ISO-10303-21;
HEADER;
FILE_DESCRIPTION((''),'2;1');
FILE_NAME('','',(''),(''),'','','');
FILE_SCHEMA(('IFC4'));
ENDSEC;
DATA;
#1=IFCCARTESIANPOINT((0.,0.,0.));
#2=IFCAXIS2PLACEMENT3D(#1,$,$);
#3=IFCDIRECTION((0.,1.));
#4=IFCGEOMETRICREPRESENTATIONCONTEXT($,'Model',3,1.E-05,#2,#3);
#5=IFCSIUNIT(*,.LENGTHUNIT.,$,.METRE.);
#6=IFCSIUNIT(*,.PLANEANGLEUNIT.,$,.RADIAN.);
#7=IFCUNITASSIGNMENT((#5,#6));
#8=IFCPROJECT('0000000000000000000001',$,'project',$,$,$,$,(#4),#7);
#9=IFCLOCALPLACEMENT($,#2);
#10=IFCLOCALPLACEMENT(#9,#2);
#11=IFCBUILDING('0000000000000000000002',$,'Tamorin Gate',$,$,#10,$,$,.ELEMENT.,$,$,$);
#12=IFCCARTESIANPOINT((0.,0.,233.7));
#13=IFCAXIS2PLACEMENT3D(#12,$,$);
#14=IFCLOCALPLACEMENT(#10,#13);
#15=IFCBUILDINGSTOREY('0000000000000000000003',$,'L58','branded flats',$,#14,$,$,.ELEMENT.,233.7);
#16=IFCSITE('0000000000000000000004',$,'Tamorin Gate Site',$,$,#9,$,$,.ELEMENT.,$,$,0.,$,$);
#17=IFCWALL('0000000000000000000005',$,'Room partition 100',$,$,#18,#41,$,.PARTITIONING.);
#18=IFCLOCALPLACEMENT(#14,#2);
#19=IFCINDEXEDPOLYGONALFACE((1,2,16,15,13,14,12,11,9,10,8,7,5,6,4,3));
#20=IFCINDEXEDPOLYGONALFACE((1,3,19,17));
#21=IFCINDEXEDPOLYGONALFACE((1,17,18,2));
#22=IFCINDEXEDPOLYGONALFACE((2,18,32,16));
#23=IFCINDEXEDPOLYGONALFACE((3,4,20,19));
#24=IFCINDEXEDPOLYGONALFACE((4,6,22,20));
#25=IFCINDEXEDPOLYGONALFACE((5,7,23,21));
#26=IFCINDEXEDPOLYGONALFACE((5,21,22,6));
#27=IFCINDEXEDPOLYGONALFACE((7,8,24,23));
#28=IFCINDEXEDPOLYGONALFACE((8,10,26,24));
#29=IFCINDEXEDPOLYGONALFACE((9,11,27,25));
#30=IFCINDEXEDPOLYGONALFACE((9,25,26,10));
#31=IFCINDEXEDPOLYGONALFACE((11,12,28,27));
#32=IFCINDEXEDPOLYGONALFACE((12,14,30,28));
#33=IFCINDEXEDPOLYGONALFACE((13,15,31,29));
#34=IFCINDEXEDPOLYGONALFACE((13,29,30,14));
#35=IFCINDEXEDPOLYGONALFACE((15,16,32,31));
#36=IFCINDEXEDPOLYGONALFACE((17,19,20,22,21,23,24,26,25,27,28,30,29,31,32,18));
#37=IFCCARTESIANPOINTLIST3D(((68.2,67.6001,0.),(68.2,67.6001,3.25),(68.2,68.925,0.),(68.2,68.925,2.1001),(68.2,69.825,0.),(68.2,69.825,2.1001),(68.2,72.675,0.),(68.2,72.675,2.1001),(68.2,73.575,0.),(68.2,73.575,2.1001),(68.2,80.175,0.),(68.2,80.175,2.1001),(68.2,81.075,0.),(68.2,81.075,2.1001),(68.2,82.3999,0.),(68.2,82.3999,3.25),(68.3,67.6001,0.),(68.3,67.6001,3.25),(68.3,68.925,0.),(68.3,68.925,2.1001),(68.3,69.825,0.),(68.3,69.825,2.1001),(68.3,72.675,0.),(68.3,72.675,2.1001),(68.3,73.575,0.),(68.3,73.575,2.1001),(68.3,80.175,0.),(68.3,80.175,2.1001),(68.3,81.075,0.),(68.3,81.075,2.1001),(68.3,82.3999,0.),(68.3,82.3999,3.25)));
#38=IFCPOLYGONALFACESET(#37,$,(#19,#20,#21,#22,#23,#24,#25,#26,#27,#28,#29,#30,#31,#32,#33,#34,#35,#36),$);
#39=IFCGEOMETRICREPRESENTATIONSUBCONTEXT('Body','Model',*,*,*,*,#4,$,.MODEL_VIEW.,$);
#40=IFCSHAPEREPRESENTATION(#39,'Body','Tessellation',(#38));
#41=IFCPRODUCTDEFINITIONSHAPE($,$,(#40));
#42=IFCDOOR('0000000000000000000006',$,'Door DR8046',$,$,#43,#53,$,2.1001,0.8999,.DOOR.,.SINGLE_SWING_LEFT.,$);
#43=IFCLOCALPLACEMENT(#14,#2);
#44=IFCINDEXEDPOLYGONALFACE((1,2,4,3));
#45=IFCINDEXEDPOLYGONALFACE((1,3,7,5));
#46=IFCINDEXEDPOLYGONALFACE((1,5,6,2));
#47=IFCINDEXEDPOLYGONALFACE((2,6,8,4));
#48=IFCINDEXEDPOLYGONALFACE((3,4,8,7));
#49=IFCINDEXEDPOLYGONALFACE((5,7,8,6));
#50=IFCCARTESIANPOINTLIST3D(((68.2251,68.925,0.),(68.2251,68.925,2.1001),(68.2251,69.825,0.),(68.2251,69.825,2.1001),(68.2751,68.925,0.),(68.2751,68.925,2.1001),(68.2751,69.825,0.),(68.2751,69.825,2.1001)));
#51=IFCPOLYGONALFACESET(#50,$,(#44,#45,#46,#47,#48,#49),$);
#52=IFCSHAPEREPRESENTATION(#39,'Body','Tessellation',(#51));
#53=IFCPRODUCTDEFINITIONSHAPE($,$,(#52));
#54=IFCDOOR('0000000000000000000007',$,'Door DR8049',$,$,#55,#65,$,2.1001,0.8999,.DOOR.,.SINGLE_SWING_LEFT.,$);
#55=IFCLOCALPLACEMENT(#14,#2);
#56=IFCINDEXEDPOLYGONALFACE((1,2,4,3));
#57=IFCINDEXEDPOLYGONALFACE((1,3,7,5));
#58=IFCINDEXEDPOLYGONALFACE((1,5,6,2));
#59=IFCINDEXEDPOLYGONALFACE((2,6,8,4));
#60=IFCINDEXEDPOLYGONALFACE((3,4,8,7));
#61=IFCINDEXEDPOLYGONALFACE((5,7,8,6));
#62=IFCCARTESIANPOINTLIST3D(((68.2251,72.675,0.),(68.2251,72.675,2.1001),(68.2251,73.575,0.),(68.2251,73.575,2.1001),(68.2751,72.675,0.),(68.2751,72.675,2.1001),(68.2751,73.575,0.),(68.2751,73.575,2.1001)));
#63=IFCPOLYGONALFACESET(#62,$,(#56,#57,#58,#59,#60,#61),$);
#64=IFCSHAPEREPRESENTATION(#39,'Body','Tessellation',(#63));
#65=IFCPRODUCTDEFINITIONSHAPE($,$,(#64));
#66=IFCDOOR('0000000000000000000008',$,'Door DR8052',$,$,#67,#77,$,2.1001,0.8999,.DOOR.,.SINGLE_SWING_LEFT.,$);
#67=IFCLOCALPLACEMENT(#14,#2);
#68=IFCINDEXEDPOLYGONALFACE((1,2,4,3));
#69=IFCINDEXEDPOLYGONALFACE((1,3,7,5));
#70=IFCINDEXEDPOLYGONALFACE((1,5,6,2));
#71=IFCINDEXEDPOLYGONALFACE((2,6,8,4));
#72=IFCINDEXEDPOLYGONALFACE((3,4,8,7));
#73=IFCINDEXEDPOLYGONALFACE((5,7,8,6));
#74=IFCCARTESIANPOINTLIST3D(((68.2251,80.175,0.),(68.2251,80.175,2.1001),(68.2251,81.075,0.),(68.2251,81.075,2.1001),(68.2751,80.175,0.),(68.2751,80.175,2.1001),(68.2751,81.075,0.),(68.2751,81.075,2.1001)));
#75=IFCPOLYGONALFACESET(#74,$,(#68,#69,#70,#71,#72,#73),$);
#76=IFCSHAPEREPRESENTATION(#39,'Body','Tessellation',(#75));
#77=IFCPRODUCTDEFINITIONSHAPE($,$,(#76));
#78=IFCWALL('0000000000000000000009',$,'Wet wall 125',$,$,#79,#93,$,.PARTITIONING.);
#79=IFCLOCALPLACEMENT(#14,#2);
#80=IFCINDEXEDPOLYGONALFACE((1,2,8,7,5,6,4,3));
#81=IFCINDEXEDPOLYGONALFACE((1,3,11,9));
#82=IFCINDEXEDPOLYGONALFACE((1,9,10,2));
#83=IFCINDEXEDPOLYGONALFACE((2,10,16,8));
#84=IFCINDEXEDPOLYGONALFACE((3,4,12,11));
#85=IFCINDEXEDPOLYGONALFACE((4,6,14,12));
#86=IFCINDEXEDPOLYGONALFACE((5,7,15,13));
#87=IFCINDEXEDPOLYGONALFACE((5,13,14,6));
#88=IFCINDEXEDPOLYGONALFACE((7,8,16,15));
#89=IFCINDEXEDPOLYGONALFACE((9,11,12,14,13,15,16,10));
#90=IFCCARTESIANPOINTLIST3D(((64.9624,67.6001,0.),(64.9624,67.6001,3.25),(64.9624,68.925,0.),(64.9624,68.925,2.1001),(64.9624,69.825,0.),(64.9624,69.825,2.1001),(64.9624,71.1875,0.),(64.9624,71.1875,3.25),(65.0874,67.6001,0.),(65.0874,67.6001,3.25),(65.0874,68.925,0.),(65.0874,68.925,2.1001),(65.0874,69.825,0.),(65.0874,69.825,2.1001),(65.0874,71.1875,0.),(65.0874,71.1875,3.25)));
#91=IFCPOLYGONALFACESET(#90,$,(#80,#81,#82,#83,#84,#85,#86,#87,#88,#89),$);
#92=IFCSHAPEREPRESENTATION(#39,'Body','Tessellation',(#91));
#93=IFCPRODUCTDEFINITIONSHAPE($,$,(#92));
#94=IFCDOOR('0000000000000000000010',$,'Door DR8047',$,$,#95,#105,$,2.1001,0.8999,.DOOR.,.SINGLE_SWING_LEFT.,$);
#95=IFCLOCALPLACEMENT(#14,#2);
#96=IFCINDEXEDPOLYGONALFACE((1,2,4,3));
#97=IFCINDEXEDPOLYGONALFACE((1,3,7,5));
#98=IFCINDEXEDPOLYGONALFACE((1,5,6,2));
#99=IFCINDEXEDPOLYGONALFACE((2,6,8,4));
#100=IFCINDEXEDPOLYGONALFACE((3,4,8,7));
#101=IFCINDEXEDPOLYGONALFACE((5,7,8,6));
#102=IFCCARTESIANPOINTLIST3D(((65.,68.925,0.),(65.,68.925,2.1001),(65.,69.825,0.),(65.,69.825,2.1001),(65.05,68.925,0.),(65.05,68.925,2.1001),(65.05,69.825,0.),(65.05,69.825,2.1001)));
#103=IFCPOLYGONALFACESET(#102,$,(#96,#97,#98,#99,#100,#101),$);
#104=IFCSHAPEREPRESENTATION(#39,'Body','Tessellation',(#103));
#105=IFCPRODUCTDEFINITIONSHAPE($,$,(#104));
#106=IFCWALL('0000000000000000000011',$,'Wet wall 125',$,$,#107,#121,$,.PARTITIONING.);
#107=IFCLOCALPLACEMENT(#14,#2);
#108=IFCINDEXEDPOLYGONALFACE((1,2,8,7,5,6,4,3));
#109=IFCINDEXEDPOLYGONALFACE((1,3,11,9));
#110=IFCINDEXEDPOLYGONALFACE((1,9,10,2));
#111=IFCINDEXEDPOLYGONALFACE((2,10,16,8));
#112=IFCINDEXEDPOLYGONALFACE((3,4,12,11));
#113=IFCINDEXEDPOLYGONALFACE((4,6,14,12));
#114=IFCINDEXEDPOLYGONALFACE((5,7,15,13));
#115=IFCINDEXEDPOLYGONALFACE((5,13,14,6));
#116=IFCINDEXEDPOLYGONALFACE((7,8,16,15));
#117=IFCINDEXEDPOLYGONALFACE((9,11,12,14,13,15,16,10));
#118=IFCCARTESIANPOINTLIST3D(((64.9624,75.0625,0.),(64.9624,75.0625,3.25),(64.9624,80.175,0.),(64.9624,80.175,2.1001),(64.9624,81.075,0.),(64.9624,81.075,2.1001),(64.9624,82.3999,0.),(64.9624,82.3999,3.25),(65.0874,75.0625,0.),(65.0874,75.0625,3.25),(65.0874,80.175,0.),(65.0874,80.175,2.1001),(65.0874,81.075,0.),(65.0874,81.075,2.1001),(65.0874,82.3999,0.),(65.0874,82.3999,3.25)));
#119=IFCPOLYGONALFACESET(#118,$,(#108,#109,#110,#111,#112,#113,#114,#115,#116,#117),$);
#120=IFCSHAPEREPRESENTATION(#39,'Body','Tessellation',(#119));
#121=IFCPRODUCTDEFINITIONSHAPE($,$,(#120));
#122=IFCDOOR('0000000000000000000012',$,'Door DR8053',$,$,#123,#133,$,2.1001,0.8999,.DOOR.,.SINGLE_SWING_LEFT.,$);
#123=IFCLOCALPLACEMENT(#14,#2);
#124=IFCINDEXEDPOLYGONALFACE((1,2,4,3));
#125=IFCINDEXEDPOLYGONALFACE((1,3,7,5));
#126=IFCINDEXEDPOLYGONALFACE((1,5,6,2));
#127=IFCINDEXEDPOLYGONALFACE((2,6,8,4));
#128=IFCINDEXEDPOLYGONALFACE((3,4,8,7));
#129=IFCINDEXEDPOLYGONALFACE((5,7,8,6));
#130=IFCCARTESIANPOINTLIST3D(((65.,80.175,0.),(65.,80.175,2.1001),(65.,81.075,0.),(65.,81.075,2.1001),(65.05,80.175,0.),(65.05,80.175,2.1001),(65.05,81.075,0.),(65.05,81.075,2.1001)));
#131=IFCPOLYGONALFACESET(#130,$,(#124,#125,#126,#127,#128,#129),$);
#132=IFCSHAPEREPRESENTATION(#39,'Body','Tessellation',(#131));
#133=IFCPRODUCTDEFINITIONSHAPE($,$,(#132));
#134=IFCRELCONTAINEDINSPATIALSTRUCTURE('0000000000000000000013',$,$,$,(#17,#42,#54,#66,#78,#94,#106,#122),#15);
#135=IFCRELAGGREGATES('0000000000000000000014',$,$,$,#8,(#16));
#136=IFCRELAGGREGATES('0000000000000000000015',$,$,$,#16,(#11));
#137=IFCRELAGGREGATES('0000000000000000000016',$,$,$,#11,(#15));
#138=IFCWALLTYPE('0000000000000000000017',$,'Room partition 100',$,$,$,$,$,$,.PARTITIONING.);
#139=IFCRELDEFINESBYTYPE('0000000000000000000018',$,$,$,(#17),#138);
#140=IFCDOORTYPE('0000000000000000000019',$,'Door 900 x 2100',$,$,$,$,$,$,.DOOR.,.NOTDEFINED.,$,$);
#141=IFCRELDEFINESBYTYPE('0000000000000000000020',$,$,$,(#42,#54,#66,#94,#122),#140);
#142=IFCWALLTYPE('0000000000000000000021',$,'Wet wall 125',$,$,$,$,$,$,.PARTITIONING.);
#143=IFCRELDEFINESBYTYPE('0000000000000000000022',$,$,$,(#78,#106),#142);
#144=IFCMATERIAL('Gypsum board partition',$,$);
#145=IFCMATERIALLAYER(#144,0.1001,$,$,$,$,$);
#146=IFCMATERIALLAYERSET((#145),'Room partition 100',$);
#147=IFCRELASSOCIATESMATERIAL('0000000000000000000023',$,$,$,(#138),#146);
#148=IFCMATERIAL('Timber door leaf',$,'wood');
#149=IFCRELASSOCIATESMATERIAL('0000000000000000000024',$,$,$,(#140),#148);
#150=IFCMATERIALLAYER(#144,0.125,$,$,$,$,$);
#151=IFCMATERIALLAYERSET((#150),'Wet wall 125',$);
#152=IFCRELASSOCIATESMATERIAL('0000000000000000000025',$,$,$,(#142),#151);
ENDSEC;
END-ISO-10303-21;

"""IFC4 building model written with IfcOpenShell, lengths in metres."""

from ifc_helpers import new_model, si_unit, direction, frame, frame_2d, origin, place, context, subcontext, project, spatial, rectangle, extrude, material, layer, layer_set, type_object, element, fill, save


model = new_model("IFC4")

# Units and contexts
model_context = context("Model", 3, precision=1e-05, world=origin(), true_north=direction((0.0, 1.0)))
body_context = subcontext(model_context, "Body", "Model", "MODEL_VIEW")
ifc_project = project(units=[si_unit("LENGTHUNIT", "METRE"), si_unit("PLANEANGLEUNIT", "RADIAN")], contexts=[model_context])

# Site, building, storey
site_placement = place(None, origin())
site = spatial("IfcSite", under=ifc_project, at=site_placement, Name="Tamorin Gate Site", CompositionType="ELEMENT", RefElevation=0.0)
building_placement = place(site_placement, origin())
building = spatial("IfcBuilding", under=site, at=building_placement, Name="Tamorin Gate", CompositionType="ELEMENT")
storey_placement = place(building_placement, frame((0.0, 0.0, 233.7)))
storey = spatial("IfcBuildingStorey", under=building, at=storey_placement, Name="L58", Description="branded flats", CompositionType="ELEMENT", Elevation=233.7)

# Shared definitions
ifc_material_1 = material(Name="Gypsum board partition")
ifc_layer_1 = layer(ifc_material_1, 0.1001)
ifc_layer_set_1 = layer_set([ifc_layer_1], Name="Room partition 100")
wall_type_1 = type_object("IfcWallType", Name="Room partition 100", PredefinedType="PARTITIONING", material=ifc_layer_set_1)
ifc_material_2 = material(Name="Timber door leaf", Category="wood")
door_type = type_object("IfcDoorType", Name="Door 900 x 2100", OperationType="NOTDEFINED", PredefinedType="DOOR", material=ifc_material_2)

# Wall, openings, doors
wall_1_placement = place(storey_placement, frame((68.25, 67.6001, 0.0), z_axis=(0.0, 0.0, 1.0), x_axis=(0.0, 1.0, 0.0)))
wall_1 = element("IfcWall", 1, at=wall_1_placement, inside=storey, type_object=wall_type_1, Name="Room partition 100", PredefinedType="PARTITIONING", context=body_context, shape_type="SweptSolid", body=[
    extrude(rectangle(XDim=14.7998, YDim=0.1001, at=frame_2d((7.3999, 0.0))), origin(), (0.0, 0.0, 1.0), 3.25),
])
opening_1_placement = place(wall_1_placement, frame((1.325, 0.0, 0.0)))
opening_1 = element("IfcOpeningElement", 2, at=opening_1_placement, cuts=wall_1, PredefinedType="OPENING", context=body_context, shape_type="SweptSolid", body=[
    extrude(rectangle(XDim=0.8999, YDim=2.1001, at=frame_2d((0.45, 1.05))), frame((0.0, 0.0601, 0.0), z_axis=(0.0, -1.0, 0.0), x_axis=(1.0, 0.0, 0.0)), (0.0, 0.0, 1.0), 0.1201),
])
opening_2_placement = place(wall_1_placement, frame((5.075, 0.0, 0.0)))
opening_2 = element("IfcOpeningElement", 3, at=opening_2_placement, cuts=wall_1, PredefinedType="OPENING", context=body_context, shape_type="SweptSolid", body=[
    extrude(rectangle(XDim=0.8999, YDim=2.1001, at=frame_2d((0.45, 1.05))), frame((0.0, 0.0601, 0.0), z_axis=(0.0, -1.0, 0.0), x_axis=(1.0, 0.0, 0.0)), (0.0, 0.0, 1.0), 0.1201),
])
opening_3_placement = place(wall_1_placement, frame((12.575, 0.0, 0.0)))
opening_3 = element("IfcOpeningElement", 4, at=opening_3_placement, cuts=wall_1, PredefinedType="OPENING", context=body_context, shape_type="SweptSolid", body=[
    extrude(rectangle(XDim=0.8999, YDim=2.1001, at=frame_2d((0.45, 1.05))), frame((0.0, 0.0601, 0.0), z_axis=(0.0, -1.0, 0.0), x_axis=(1.0, 0.0, 0.0)), (0.0, 0.0, 1.0), 0.1201),
])
door_1_placement = place(opening_1_placement, origin())
door_1 = element("IfcDoor", 5, at=door_1_placement, inside=storey, type_object=door_type, Name="Door DR8046", OperationType="SINGLE_SWING_LEFT", OverallHeight=2.1001, OverallWidth=0.8999, PredefinedType="DOOR", context=body_context, shape_type="SweptSolid", body=[
    extrude(rectangle(XDim=0.8999, YDim=2.1001, at=frame_2d((0.45, 1.05))), frame((0.0, 0.0249, 0.0), z_axis=(0.0, -1.0, 0.0), x_axis=(1.0, 0.0, 0.0)), (0.0, 0.0, 1.0), 0.05),
])
fill(opening_1, door_1)
door_2_placement = place(opening_2_placement, origin())
door_2 = element("IfcDoor", 6, at=door_2_placement, inside=storey, type_object=door_type, Name="Door DR8049", OperationType="SINGLE_SWING_LEFT", OverallHeight=2.1001, OverallWidth=0.8999, PredefinedType="DOOR", context=body_context, shape_type="SweptSolid", body=[
    extrude(rectangle(XDim=0.8999, YDim=2.1001, at=frame_2d((0.45, 1.05))), frame((0.0, 0.0249, 0.0), z_axis=(0.0, -1.0, 0.0), x_axis=(1.0, 0.0, 0.0)), (0.0, 0.0, 1.0), 0.05),
])
fill(opening_2, door_2)
door_3_placement = place(opening_3_placement, origin())
door_3 = element("IfcDoor", 7, at=door_3_placement, inside=storey, type_object=door_type, Name="Door DR8052", OperationType="SINGLE_SWING_LEFT", OverallHeight=2.1001, OverallWidth=0.8999, PredefinedType="DOOR", context=body_context, shape_type="SweptSolid", body=[
    extrude(rectangle(XDim=0.8999, YDim=2.1001, at=frame_2d((0.45, 1.05))), frame((0.0, 0.0249, 0.0), z_axis=(0.0, -1.0, 0.0), x_axis=(1.0, 0.0, 0.0)), (0.0, 0.0, 1.0), 0.05),
])
fill(opening_3, door_3)

# Walls, openings, doors
ifc_layer_2 = layer(ifc_material_1, 0.125)
ifc_layer_set_2 = layer_set([ifc_layer_2], Name="Wet wall 125")
wall_type_2 = type_object("IfcWallType", Name="Wet wall 125", PredefinedType="PARTITIONING", material=ifc_layer_set_2)
wall_2_placement = place(storey_placement, frame((65.0249, 67.6001, 0.0), z_axis=(0.0, 0.0, 1.0), x_axis=(0.0, 1.0, 0.0)))
wall_2 = element("IfcWall", 8, at=wall_2_placement, inside=storey, type_object=wall_type_2, Name="Wet wall 125", PredefinedType="PARTITIONING", context=body_context, shape_type="SweptSolid", body=[
    extrude(rectangle(XDim=3.5874, YDim=0.125, at=frame_2d((1.7937, 0.0))), origin(), (0.0, 0.0, 1.0), 3.25),
])
opening_4_placement = place(wall_2_placement, frame((1.325, 0.0, 0.0)))
opening_4 = element("IfcOpeningElement", 9, at=opening_4_placement, cuts=wall_2, PredefinedType="OPENING", context=body_context, shape_type="SweptSolid", body=[
    extrude(rectangle(XDim=0.8999, YDim=2.1001, at=frame_2d((0.45, 1.05))), frame((0.0, 0.0725, 0.0), z_axis=(0.0, -1.0, 0.0), x_axis=(1.0, 0.0, 0.0)), (0.0, 0.0, 1.0), 0.145),
])
door_4_placement = place(opening_4_placement, origin())
door_4 = element("IfcDoor", 10, at=door_4_placement, inside=storey, type_object=door_type, Name="Door DR8047", OperationType="SINGLE_SWING_LEFT", OverallHeight=2.1001, OverallWidth=0.8999, PredefinedType="DOOR", context=body_context, shape_type="SweptSolid", body=[
    extrude(rectangle(XDim=0.8999, YDim=2.1001, at=frame_2d((0.45, 1.05))), frame((0.0, 0.0249, 0.0), z_axis=(0.0, -1.0, 0.0), x_axis=(1.0, 0.0, 0.0)), (0.0, 0.0, 1.0), 0.05),
])
fill(opening_4, door_4)
wall_3_placement = place(storey_placement, frame((65.0249, 75.0625, 0.0), z_axis=(0.0, 0.0, 1.0), x_axis=(0.0, 1.0, 0.0)))
wall_3 = element("IfcWall", 11, at=wall_3_placement, inside=storey, type_object=wall_type_2, Name="Wet wall 125", PredefinedType="PARTITIONING", context=body_context, shape_type="SweptSolid", body=[
    extrude(rectangle(XDim=7.3374, YDim=0.125, at=frame_2d((3.6687, 0.0))), origin(), (0.0, 0.0, 1.0), 3.25),
])
opening_5_placement = place(wall_3_placement, frame((5.1125, 0.0, 0.0)))
opening_5 = element("IfcOpeningElement", 12, at=opening_5_placement, cuts=wall_3, PredefinedType="OPENING", context=body_context, shape_type="SweptSolid", body=[
    extrude(rectangle(XDim=0.8999, YDim=2.1001, at=frame_2d((0.45, 1.05))), frame((0.0, 0.0725, 0.0), z_axis=(0.0, -1.0, 0.0), x_axis=(1.0, 0.0, 0.0)), (0.0, 0.0, 1.0), 0.145),
])
door_5_placement = place(opening_5_placement, origin())
door_5 = element("IfcDoor", 13, at=door_5_placement, inside=storey, type_object=door_type, Name="Door DR8053", OperationType="SINGLE_SWING_LEFT", OverallHeight=2.1001, OverallWidth=0.8999, PredefinedType="DOOR", context=body_context, shape_type="SweptSolid", body=[
    extrude(rectangle(XDim=0.8999, YDim=2.1001, at=frame_2d((0.45, 1.05))), frame((0.0, 0.0249, 0.0), z_axis=(0.0, -1.0, 0.0), x_axis=(1.0, 0.0, 0.0)), (0.0, 0.0, 1.0), 0.05),
])
fill(opening_5, door_5)

save(model, "model.ifc")
